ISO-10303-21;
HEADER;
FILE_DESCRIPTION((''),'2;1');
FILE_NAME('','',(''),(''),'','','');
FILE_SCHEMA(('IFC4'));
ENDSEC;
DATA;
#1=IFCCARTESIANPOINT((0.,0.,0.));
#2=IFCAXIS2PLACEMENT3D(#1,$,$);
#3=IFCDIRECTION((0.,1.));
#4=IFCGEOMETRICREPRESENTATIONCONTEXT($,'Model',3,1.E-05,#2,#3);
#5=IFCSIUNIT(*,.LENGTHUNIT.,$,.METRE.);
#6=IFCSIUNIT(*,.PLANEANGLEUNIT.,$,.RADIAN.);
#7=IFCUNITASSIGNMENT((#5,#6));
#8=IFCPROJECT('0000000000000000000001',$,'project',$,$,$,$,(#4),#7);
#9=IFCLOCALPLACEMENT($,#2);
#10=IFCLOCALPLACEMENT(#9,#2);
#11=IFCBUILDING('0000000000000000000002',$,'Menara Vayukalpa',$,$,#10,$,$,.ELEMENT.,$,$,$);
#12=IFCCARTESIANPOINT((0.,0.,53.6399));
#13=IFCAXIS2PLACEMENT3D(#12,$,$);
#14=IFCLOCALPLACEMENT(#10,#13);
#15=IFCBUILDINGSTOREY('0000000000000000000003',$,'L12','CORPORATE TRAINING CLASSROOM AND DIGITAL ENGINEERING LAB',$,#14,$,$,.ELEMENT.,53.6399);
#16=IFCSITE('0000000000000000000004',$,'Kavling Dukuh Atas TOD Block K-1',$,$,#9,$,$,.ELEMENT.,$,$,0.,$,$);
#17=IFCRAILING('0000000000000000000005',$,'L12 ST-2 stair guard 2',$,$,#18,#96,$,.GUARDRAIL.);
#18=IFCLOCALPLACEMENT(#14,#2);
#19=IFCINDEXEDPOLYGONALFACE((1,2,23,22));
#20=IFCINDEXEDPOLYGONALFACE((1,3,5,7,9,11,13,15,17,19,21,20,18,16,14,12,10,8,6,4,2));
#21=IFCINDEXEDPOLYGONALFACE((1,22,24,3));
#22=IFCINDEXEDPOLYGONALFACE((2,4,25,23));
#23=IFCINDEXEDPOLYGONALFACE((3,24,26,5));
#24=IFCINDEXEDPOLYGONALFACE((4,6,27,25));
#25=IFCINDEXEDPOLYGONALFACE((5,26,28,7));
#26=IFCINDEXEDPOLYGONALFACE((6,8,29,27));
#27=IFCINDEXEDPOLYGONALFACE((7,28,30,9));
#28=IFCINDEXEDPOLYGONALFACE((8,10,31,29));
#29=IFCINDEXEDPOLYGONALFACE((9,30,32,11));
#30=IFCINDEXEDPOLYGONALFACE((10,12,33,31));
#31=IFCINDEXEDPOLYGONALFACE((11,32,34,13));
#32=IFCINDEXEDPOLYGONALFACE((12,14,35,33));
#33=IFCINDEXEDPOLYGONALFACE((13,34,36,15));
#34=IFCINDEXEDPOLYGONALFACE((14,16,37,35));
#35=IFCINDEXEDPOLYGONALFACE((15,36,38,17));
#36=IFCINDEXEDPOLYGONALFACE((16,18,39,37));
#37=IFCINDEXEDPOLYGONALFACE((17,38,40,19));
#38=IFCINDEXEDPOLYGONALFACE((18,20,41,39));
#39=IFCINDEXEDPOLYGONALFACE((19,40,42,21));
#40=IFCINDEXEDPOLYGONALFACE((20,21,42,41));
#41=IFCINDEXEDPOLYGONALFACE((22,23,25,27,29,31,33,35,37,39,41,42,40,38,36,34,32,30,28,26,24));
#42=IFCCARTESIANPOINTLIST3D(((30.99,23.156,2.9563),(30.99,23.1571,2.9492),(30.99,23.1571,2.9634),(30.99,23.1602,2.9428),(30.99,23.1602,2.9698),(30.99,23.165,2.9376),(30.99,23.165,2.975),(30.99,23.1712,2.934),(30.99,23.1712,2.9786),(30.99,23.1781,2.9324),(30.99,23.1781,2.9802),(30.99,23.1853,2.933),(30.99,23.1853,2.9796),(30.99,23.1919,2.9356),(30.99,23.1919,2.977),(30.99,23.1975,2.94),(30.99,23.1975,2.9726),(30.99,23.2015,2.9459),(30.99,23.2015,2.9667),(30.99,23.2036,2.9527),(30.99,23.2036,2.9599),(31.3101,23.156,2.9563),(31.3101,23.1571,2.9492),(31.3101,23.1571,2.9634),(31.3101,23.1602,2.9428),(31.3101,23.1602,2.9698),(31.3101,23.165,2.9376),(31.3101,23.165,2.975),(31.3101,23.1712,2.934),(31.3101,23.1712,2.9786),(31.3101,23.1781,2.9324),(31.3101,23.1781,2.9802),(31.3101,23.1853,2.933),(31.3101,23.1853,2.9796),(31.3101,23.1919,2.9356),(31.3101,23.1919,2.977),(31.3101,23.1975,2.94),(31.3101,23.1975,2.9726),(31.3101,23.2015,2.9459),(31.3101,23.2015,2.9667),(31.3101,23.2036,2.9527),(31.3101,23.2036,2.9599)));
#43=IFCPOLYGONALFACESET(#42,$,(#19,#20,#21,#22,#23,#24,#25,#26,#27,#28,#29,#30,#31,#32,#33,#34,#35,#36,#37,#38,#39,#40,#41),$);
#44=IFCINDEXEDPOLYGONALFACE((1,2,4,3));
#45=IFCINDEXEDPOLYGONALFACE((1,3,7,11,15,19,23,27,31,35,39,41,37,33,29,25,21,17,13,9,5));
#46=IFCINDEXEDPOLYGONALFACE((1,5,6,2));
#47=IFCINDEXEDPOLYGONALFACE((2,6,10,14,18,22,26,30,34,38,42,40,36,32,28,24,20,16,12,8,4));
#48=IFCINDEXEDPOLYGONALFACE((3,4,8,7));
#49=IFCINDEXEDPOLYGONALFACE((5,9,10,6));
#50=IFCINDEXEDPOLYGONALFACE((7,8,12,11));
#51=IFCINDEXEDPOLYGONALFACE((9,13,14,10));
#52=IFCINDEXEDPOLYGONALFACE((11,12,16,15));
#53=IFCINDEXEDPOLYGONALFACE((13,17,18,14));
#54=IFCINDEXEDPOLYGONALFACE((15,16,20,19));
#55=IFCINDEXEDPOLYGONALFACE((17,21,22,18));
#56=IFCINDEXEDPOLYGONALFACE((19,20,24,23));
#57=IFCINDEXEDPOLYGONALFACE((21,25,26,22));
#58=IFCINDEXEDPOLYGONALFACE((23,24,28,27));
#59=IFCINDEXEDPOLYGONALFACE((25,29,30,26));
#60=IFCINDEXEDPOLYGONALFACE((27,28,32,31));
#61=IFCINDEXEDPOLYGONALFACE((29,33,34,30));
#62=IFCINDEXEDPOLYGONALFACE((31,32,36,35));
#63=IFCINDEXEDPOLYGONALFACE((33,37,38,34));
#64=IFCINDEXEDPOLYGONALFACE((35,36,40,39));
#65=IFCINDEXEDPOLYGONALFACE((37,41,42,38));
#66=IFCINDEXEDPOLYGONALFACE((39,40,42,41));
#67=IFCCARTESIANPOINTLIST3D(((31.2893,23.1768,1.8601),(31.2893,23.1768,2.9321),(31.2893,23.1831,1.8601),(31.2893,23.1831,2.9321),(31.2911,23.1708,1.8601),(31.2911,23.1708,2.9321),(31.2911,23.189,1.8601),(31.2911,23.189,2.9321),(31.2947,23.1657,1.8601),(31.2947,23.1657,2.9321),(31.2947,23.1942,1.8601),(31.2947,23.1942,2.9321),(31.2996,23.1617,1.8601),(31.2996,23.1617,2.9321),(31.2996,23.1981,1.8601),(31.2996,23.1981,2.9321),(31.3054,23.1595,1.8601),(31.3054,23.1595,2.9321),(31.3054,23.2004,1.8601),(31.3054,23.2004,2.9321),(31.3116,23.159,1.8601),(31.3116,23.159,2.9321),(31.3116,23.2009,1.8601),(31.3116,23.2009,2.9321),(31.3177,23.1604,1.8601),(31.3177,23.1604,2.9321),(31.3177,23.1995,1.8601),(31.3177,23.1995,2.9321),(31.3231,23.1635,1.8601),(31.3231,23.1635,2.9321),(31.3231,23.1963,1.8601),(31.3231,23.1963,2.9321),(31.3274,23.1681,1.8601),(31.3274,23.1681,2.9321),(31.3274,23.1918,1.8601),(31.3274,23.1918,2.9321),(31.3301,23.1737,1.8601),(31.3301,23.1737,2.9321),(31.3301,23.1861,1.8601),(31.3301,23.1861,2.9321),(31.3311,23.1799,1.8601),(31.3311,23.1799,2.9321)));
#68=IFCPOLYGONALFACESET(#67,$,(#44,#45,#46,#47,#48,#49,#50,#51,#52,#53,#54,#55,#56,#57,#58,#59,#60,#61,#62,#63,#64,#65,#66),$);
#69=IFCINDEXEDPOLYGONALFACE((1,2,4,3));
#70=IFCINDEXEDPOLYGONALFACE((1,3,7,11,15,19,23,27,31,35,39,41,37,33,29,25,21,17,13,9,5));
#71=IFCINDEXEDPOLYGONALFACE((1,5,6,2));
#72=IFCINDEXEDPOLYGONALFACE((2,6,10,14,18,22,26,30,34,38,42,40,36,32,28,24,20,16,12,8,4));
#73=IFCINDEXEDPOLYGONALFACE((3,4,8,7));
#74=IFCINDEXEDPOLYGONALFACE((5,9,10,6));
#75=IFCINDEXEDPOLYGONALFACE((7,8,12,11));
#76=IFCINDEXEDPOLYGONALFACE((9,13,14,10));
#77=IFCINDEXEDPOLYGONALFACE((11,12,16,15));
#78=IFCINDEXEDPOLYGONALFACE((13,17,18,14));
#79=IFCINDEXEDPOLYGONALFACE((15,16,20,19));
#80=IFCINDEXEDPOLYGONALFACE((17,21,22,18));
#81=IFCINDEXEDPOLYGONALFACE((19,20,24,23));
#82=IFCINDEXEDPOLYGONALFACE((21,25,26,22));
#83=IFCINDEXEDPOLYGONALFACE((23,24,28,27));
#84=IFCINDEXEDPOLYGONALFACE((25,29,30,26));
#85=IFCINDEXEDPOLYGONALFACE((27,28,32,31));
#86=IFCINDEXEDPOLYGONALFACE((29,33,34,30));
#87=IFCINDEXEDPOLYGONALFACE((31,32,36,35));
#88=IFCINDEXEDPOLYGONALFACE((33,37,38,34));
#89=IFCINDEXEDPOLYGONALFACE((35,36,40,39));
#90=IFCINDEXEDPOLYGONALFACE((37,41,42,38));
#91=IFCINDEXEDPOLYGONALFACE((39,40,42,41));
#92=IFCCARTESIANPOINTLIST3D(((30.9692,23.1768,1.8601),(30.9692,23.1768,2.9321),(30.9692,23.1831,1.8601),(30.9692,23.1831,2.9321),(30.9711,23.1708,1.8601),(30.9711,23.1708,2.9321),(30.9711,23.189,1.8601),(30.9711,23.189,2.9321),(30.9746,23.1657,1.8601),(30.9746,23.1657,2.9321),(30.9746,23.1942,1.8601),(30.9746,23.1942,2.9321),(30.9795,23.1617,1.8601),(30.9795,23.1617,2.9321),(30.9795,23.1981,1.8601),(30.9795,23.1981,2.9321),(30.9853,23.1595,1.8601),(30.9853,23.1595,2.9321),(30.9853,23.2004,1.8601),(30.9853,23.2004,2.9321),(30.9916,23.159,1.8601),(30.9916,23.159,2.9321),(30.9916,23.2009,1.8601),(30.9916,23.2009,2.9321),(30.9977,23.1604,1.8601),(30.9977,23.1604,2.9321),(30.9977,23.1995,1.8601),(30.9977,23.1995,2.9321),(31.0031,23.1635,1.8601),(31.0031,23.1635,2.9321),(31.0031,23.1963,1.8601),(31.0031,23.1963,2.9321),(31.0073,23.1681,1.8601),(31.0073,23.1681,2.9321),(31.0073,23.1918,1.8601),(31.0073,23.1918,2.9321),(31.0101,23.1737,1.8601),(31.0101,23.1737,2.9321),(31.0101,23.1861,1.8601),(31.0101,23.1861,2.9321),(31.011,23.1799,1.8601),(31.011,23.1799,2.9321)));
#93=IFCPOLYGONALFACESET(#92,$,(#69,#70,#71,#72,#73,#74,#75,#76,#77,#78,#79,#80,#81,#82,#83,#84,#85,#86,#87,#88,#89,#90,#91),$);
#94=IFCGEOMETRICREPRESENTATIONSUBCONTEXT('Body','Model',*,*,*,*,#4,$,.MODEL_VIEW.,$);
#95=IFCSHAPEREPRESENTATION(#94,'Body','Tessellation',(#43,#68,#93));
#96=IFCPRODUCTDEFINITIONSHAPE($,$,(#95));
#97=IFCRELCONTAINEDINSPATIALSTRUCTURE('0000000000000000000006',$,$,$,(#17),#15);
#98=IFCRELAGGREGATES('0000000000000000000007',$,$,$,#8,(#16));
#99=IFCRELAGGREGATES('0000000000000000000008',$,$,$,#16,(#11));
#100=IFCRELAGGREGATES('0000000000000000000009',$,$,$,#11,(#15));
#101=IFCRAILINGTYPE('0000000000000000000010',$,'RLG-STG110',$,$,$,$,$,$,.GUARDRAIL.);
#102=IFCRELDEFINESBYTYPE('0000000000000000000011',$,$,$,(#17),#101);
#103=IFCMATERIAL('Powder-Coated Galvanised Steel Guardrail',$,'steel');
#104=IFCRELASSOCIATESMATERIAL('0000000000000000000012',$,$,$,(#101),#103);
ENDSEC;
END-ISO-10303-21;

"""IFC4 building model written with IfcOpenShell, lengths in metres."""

from ifc_helpers import new_model, si_unit, direction, frame, origin, origin_2d, place, context, subcontext, project, spatial, circle, extrude, material, type_object, element, save


model = new_model("IFC4")

# Units and contexts
model_context = context("Model", 3, precision=1e-05, world=origin(), true_north=direction((0.0, 1.0)))
body_context = subcontext(model_context, "Body", "Model", "MODEL_VIEW")
ifc_project = project(units=[si_unit("LENGTHUNIT", "METRE"), si_unit("PLANEANGLEUNIT", "RADIAN")], contexts=[model_context])

# Site, building, storey
site_placement = place(None, origin())
site = spatial("IfcSite", under=ifc_project, at=site_placement, Name="Kavling Dukuh Atas TOD Block K-1", CompositionType="ELEMENT", RefElevation=0.0)
building_placement = place(site_placement, origin())
building = spatial("IfcBuilding", under=site, at=building_placement, Name="Menara Vayukalpa", CompositionType="ELEMENT")
storey_placement = place(building_placement, frame((0.0, 0.0, 53.6399)))
storey = spatial("IfcBuildingStorey", under=building, at=storey_placement, Name="L12", Description="CORPORATE TRAINING CLASSROOM AND DIGITAL ENGINEERING LAB", CompositionType="ELEMENT", Elevation=53.6399)

# Railing
ifc_material_1 = material(Name="Powder-Coated Galvanised Steel Guardrail", Category="steel")
railing_type_1 = type_object("IfcRailingType", Name="RLG-STG110", PredefinedType="GUARDRAIL", material=ifc_material_1)
railing_1_placement = place(storey_placement, frame((31.3101, 23.1799, 1.8601)))
element("IfcRailing", 1, at=railing_1_placement, inside=storey, type_object=railing_type_1, Name="L12 ST-2 stair guard 2", PredefinedType="GUARDRAIL", context=body_context, shape_type="SweptSolid", body=[
    extrude(circle(Radius=0.0239, at=origin_2d()), frame((0.0, 0.0, 1.0962), z_axis=(-1.0, 0.0, 0.0), x_axis=(0.0, -1.0, 0.0)), (0.0, 0.0, 1.0), 0.3201),
    extrude(circle(Radius=0.021, at=origin_2d()), origin(), (0.0, 0.0, 1.0), 1.072),
    extrude(circle(Radius=0.021, at=origin_2d()), frame((-0.3201, 0.0, 0.0)), (0.0, 0.0, 1.0), 1.072),
])

save(model, "model.ifc")
